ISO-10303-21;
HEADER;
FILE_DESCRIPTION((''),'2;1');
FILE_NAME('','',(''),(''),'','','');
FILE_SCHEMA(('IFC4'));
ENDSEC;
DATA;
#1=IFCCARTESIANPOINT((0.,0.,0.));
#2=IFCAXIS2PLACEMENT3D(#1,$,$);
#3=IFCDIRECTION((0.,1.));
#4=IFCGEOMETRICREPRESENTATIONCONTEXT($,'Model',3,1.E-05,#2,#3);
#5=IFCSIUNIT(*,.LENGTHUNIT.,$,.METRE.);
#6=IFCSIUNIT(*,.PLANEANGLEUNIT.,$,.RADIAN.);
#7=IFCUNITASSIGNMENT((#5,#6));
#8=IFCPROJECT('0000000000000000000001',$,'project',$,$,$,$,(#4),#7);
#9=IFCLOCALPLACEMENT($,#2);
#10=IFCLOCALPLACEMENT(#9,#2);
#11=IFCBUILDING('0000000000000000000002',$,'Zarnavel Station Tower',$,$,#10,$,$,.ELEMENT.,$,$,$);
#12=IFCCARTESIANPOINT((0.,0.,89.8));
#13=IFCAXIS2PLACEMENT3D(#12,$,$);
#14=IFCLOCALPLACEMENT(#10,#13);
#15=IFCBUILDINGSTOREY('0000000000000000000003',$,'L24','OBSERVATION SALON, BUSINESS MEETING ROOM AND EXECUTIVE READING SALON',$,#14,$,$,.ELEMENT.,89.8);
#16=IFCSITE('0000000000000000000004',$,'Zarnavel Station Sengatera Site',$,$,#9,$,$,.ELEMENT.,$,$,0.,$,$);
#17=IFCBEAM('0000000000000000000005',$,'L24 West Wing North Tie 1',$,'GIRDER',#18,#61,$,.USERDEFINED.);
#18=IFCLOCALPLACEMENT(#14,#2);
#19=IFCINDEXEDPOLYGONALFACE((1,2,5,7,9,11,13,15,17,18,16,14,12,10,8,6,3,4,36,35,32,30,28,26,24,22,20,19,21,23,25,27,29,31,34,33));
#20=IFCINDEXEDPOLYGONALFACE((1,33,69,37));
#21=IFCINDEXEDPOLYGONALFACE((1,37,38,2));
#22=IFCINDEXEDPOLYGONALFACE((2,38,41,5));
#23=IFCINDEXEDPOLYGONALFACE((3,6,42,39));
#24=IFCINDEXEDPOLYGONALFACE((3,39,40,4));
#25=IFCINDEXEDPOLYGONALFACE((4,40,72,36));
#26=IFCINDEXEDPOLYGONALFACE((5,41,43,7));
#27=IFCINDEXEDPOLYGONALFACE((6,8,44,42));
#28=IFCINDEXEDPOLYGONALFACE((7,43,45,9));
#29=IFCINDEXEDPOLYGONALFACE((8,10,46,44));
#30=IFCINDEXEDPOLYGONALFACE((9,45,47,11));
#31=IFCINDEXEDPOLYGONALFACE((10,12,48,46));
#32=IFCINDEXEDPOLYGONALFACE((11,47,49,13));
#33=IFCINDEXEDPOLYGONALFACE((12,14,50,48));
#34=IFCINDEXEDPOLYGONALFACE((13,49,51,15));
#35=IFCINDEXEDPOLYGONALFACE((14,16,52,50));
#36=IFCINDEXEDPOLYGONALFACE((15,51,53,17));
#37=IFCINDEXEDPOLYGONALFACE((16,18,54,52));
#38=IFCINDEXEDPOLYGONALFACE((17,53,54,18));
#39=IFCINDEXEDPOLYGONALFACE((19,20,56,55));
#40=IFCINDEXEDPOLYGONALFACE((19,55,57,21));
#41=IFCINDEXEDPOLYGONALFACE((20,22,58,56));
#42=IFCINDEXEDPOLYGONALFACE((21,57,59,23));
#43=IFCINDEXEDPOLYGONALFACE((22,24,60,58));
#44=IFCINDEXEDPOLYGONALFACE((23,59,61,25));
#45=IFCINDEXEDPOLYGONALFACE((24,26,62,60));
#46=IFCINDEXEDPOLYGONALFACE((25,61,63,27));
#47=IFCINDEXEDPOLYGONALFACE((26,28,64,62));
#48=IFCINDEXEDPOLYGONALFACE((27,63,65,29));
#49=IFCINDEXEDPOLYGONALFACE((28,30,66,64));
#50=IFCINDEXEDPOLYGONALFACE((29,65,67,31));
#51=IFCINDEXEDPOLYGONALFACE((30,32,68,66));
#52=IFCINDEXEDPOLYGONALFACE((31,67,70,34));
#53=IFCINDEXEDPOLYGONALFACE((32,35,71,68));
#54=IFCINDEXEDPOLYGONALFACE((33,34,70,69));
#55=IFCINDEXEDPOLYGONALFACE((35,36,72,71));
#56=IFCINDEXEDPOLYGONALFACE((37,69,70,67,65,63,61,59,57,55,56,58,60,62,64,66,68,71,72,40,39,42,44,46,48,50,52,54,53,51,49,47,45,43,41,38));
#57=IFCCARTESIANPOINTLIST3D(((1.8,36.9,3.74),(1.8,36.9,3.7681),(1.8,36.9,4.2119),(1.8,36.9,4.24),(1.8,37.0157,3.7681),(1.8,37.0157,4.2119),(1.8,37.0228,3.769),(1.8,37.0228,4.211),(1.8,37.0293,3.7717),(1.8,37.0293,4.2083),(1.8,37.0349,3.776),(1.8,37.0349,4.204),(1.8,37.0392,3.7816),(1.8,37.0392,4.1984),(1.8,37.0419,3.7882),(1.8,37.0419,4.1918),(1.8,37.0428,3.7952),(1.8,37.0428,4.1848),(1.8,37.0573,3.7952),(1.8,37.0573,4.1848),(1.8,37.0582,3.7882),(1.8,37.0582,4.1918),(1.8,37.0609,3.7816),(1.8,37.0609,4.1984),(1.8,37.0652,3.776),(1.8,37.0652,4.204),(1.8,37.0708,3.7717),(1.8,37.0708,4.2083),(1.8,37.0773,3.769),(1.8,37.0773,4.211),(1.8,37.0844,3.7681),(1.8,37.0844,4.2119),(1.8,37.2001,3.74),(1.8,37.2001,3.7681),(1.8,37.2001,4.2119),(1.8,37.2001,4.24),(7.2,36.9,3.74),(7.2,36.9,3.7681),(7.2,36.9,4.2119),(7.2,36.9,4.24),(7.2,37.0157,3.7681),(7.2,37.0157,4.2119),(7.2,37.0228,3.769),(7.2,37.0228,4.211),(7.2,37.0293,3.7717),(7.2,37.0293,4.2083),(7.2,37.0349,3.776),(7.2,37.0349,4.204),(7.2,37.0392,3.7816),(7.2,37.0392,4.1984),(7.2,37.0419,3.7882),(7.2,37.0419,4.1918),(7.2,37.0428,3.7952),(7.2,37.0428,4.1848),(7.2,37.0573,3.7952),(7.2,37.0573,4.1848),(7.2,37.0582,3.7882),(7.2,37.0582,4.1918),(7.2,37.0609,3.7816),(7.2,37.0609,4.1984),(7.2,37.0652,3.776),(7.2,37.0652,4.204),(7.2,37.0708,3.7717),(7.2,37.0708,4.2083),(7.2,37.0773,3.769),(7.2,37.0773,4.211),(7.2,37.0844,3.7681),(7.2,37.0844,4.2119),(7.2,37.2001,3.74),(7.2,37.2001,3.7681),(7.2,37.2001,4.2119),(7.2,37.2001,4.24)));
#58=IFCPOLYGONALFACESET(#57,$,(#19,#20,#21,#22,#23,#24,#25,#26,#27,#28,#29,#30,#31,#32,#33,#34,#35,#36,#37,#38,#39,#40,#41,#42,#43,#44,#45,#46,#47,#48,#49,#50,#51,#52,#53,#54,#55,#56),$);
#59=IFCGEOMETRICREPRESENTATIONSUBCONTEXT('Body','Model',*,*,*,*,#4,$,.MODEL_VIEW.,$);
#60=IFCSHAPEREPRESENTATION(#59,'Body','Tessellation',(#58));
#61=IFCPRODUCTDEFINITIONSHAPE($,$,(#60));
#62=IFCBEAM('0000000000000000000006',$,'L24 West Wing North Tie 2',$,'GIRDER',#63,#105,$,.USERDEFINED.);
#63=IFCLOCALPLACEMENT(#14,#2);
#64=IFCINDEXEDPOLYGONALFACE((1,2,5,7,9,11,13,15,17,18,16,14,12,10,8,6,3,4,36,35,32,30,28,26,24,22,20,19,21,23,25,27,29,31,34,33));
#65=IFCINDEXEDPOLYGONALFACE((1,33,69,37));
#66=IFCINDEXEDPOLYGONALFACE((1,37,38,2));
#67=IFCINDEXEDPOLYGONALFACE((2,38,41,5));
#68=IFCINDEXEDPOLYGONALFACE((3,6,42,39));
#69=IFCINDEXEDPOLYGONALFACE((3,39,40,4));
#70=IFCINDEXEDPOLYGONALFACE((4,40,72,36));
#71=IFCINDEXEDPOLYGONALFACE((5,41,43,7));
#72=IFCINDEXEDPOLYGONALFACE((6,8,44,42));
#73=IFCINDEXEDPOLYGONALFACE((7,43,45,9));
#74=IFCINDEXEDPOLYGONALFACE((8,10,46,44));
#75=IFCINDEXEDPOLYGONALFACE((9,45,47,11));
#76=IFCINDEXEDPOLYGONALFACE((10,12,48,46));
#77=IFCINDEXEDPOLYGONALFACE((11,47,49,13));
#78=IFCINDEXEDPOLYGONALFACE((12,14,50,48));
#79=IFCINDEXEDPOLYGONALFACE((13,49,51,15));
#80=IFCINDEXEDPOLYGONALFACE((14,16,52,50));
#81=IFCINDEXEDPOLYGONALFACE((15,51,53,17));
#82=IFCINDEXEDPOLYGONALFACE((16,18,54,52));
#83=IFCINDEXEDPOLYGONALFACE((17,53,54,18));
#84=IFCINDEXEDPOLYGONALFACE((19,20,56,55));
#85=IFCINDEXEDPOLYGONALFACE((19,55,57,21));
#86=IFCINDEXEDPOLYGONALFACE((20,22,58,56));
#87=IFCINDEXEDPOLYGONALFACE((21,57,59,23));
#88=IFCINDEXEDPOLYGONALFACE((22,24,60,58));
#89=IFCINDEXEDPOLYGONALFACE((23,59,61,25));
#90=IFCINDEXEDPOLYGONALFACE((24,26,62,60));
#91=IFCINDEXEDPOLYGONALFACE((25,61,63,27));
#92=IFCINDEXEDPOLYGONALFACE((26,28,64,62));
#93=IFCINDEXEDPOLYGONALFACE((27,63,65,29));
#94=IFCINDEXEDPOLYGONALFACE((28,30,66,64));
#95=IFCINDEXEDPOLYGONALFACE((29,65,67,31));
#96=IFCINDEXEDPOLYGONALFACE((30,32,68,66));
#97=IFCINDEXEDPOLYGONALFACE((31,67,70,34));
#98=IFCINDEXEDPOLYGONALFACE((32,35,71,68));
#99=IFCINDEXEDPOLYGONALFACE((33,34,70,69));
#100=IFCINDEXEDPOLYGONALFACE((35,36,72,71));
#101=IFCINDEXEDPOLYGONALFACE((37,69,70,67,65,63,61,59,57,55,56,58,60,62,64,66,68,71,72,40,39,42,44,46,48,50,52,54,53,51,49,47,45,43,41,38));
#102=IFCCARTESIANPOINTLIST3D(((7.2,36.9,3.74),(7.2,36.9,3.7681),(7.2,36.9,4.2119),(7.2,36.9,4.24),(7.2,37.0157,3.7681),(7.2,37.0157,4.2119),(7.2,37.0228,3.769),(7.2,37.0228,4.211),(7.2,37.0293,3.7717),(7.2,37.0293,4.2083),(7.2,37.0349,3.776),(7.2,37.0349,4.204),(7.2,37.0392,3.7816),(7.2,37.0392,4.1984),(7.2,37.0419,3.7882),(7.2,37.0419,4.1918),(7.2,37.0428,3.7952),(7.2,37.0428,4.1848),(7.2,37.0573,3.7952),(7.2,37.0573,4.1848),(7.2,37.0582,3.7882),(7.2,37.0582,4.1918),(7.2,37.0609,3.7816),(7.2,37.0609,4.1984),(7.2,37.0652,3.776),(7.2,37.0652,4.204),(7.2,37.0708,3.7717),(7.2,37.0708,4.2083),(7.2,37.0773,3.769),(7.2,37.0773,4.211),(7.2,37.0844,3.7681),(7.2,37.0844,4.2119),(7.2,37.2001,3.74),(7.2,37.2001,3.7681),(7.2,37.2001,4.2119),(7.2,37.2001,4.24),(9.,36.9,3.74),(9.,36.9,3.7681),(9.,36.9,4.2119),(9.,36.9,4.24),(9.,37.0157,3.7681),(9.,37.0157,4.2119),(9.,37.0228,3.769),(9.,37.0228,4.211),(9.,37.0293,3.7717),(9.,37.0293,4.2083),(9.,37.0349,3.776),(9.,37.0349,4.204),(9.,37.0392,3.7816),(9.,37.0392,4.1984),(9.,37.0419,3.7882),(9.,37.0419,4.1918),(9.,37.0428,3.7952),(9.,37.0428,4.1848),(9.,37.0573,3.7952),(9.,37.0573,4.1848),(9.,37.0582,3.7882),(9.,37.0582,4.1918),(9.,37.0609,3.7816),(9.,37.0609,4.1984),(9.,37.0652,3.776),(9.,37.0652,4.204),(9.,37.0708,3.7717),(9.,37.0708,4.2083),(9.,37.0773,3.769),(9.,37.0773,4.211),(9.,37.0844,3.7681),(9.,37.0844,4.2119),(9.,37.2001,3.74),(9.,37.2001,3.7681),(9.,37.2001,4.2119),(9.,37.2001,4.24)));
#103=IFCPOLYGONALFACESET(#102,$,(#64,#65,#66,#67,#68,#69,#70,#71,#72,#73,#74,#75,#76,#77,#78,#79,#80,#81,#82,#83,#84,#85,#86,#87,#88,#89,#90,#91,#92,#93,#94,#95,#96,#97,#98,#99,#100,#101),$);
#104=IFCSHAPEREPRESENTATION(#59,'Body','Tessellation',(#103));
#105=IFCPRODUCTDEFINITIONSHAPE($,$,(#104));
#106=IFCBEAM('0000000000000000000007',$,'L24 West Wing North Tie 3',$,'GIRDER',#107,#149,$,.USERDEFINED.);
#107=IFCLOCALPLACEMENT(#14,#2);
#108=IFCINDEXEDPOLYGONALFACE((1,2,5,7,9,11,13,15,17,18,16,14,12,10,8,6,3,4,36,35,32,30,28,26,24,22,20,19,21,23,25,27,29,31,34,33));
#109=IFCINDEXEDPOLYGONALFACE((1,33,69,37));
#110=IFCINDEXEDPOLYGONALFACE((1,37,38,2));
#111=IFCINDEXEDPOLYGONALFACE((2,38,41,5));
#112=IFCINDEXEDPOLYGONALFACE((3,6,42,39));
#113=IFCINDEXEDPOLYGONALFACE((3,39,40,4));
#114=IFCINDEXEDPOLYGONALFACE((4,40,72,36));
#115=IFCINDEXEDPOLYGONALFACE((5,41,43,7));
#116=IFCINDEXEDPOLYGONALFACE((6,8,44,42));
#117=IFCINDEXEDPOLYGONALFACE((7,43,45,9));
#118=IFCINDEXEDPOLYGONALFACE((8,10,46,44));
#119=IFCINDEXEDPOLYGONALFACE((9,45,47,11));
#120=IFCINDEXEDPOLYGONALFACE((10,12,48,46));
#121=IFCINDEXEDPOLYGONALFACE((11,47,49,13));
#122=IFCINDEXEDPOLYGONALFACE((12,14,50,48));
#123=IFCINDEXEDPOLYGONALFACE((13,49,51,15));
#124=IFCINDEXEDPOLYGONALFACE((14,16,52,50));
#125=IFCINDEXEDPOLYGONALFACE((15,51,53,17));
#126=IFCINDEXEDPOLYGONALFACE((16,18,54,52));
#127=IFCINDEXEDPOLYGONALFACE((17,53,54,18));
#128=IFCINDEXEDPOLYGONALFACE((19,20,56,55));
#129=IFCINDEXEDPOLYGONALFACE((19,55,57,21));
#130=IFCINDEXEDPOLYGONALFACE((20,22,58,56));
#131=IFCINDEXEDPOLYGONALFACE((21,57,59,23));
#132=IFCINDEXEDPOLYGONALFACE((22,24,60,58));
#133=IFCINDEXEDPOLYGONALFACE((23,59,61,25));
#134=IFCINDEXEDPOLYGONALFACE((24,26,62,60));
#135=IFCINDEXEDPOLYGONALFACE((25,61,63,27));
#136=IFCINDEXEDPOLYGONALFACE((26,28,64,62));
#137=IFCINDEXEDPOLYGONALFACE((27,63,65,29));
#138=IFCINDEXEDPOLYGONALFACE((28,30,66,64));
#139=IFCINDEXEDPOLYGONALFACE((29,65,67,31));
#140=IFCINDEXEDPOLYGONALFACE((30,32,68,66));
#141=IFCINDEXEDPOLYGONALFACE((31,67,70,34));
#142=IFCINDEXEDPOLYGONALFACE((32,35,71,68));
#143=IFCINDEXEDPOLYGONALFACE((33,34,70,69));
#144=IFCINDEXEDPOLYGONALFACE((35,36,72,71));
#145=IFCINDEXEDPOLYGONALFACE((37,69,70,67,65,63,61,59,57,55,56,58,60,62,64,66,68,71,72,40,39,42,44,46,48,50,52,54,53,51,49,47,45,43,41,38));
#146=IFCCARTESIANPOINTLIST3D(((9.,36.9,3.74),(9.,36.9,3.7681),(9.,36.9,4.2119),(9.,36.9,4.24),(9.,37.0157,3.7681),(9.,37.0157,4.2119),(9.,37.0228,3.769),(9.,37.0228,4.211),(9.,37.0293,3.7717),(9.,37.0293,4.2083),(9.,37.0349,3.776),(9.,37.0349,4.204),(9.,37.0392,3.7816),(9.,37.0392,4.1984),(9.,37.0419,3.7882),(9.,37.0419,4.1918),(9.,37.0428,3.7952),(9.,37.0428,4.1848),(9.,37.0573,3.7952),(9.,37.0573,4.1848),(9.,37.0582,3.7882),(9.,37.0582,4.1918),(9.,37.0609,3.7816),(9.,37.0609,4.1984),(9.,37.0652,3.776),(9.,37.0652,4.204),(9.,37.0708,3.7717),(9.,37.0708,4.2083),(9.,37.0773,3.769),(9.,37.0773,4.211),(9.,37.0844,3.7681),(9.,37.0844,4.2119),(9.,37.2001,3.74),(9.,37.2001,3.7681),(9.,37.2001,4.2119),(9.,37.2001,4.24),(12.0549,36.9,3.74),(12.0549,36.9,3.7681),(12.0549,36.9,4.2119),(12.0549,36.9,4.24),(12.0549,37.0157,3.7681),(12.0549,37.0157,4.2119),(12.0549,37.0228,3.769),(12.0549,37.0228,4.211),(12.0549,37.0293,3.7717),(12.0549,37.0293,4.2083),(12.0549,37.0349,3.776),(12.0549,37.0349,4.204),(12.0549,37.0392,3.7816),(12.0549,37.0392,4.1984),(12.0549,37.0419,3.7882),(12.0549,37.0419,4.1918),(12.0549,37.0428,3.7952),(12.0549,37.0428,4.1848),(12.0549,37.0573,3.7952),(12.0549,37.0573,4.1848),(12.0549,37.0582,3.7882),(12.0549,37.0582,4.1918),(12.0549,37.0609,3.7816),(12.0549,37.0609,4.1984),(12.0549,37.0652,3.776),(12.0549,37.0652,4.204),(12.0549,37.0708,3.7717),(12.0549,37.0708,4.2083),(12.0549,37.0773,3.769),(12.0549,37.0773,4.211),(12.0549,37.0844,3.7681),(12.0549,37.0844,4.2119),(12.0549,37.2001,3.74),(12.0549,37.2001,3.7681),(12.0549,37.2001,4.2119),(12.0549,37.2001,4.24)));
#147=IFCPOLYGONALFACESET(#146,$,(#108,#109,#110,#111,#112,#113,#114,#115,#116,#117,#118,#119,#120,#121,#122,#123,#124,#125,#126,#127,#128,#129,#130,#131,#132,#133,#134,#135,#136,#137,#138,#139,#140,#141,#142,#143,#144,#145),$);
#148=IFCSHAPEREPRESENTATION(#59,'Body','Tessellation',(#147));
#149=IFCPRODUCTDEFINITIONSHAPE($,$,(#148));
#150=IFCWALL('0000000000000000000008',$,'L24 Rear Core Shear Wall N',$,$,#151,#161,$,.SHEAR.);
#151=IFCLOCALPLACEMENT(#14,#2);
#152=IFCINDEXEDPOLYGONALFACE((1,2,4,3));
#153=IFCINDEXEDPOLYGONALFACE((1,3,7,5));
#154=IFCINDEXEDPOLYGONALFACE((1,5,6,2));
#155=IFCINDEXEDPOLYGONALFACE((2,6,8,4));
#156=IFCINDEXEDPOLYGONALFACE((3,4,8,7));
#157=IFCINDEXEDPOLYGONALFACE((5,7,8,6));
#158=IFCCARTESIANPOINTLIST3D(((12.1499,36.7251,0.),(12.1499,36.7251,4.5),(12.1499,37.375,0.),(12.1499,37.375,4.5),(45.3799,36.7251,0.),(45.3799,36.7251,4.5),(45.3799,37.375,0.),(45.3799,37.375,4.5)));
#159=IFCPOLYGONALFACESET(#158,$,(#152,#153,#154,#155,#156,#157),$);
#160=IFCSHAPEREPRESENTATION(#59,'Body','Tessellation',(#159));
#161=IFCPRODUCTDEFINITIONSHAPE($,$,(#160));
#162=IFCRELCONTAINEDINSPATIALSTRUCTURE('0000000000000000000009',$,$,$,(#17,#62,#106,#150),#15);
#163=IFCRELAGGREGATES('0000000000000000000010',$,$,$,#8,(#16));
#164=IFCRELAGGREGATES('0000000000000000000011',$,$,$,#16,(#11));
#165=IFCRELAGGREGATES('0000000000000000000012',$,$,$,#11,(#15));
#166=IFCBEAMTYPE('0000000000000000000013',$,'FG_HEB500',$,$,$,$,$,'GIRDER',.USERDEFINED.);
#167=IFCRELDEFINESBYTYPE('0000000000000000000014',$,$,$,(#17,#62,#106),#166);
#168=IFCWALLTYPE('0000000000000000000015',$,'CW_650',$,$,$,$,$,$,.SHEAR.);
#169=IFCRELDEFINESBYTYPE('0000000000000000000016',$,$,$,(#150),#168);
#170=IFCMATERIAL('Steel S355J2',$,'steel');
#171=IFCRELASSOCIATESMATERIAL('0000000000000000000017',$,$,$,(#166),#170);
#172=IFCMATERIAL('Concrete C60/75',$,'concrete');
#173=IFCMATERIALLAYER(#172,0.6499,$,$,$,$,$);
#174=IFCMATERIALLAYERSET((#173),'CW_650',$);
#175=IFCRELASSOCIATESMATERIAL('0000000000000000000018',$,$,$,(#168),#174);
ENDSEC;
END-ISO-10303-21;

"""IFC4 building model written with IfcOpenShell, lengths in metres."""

from ifc_helpers import new_model, si_unit, direction, frame, frame_2d, origin, origin_2d, place, context, subcontext, project, spatial, rectangle, i_section, extrude, material, layer, layer_set, material_profile, profile_set, type_object, element, save


model = new_model("IFC4")

# Units and contexts
model_context = context("Model", 3, precision=1e-05, world=origin(), true_north=direction((0.0, 1.0)))
body_context = subcontext(model_context, "Body", "Model", "MODEL_VIEW")
ifc_project = project(units=[si_unit("LENGTHUNIT", "METRE"), si_unit("PLANEANGLEUNIT", "RADIAN")], contexts=[model_context])

# Site, building, storey
site_placement = place(None, origin())
site = spatial("IfcSite", under=ifc_project, at=site_placement, Name="Zarnavel Station Sengatera Site", CompositionType="ELEMENT", RefElevation=0.0)
building_placement = place(site_placement, origin())
building = spatial("IfcBuilding", under=site, at=building_placement, Name="Zarnavel Station Tower", CompositionType="ELEMENT")
storey_placement = place(building_placement, frame((0.0, 0.0, 89.8)))
storey = spatial("IfcBuildingStorey", under=building, at=storey_placement, Name="L24", Description="OBSERVATION SALON, BUSINESS MEETING ROOM AND EXECUTIVE READING SALON", CompositionType="ELEMENT", Elevation=89.8)

# Beams
ifc_material_1 = material(Name="Steel S355J2", Category="steel")
ifc_material_profile_1 = material_profile(ifc_material_1, i_section(OverallWidth=0.3, OverallDepth=0.5, WebThickness=0.0144, FlangeThickness=0.0281, FilletRadius=0.0271, at=origin_2d()), Name="HEB500")
ifc_profile_set_1 = profile_set([ifc_material_profile_1], Name="Steel S355J2")
beam_type = type_object("IfcBeamType", Name="FG_HEB500", ElementType="GIRDER", PredefinedType="USERDEFINED", material=ifc_profile_set_1)
beam_1_placement = place(storey_placement, frame((1.8, 37.05, 3.99), z_axis=(1.0, 0.0, 0.0), x_axis=(0.0, 1.0, 0.0)))
element("IfcBeam", 1, at=beam_1_placement, inside=storey, type_object=beam_type, Name="L24 West Wing North Tie 1", ObjectType="GIRDER", PredefinedType="USERDEFINED", context=body_context, shape_type="SweptSolid", body=[
    extrude(i_section(OverallWidth=0.3, OverallDepth=0.5, WebThickness=0.0144, FlangeThickness=0.0281, FilletRadius=0.0271, at=origin_2d()), origin(), (0.0, 0.0, 1.0), 5.3999),
])
beam_2_placement = place(storey_placement, frame((7.2, 37.05, 3.99), z_axis=(1.0, 0.0, 0.0), x_axis=(0.0, 1.0, 0.0)))
element("IfcBeam", 2, at=beam_2_placement, inside=storey, type_object=beam_type, Name="L24 West Wing North Tie 2", ObjectType="GIRDER", PredefinedType="USERDEFINED", context=body_context, shape_type="SweptSolid", body=[
    extrude(i_section(OverallWidth=0.3, OverallDepth=0.5, WebThickness=0.0144, FlangeThickness=0.0281, FilletRadius=0.0271, at=origin_2d()), origin(), (0.0, 0.0, 1.0), 1.8),
])
beam_3_placement = place(storey_placement, frame((9.0, 37.05, 3.99), z_axis=(1.0, 0.0, 0.0), x_axis=(0.0, 1.0, 0.0)))
element("IfcBeam", 3, at=beam_3_placement, inside=storey, type_object=beam_type, Name="L24 West Wing North Tie 3", ObjectType="GIRDER", PredefinedType="USERDEFINED", context=body_context, shape_type="SweptSolid", body=[
    extrude(i_section(OverallWidth=0.3, OverallDepth=0.5, WebThickness=0.0144, FlangeThickness=0.0281, FilletRadius=0.0271, at=origin_2d()), origin(), (0.0, 0.0, 1.0), 3.0549),
])

# Wall
ifc_material_2 = material(Name="Concrete C60/75", Category="concrete")
ifc_layer_1 = layer(ifc_material_2, 0.6499)
ifc_layer_set_1 = layer_set([ifc_layer_1], Name="CW_650")
wall_type_1 = type_object("IfcWallType", Name="CW_650", PredefinedType="SHEAR", material=ifc_layer_set_1)
wall_1_placement = place(storey_placement, frame((12.1499, 37.05, 0.0), z_axis=(0.0, 0.0, 1.0), x_axis=(1.0, 0.0, 0.0)))
element("IfcWall", 4, at=wall_1_placement, inside=storey, type_object=wall_type_1, Name="L24 Rear Core Shear Wall N", PredefinedType="SHEAR", context=body_context, shape_type="SweptSolid", body=[
    extrude(rectangle(XDim=33.23, YDim=0.6499, at=frame_2d((16.615, 0.0))), origin(), (0.0, 0.0, 1.0), 4.5),
])

save(model, "model.ifc")
